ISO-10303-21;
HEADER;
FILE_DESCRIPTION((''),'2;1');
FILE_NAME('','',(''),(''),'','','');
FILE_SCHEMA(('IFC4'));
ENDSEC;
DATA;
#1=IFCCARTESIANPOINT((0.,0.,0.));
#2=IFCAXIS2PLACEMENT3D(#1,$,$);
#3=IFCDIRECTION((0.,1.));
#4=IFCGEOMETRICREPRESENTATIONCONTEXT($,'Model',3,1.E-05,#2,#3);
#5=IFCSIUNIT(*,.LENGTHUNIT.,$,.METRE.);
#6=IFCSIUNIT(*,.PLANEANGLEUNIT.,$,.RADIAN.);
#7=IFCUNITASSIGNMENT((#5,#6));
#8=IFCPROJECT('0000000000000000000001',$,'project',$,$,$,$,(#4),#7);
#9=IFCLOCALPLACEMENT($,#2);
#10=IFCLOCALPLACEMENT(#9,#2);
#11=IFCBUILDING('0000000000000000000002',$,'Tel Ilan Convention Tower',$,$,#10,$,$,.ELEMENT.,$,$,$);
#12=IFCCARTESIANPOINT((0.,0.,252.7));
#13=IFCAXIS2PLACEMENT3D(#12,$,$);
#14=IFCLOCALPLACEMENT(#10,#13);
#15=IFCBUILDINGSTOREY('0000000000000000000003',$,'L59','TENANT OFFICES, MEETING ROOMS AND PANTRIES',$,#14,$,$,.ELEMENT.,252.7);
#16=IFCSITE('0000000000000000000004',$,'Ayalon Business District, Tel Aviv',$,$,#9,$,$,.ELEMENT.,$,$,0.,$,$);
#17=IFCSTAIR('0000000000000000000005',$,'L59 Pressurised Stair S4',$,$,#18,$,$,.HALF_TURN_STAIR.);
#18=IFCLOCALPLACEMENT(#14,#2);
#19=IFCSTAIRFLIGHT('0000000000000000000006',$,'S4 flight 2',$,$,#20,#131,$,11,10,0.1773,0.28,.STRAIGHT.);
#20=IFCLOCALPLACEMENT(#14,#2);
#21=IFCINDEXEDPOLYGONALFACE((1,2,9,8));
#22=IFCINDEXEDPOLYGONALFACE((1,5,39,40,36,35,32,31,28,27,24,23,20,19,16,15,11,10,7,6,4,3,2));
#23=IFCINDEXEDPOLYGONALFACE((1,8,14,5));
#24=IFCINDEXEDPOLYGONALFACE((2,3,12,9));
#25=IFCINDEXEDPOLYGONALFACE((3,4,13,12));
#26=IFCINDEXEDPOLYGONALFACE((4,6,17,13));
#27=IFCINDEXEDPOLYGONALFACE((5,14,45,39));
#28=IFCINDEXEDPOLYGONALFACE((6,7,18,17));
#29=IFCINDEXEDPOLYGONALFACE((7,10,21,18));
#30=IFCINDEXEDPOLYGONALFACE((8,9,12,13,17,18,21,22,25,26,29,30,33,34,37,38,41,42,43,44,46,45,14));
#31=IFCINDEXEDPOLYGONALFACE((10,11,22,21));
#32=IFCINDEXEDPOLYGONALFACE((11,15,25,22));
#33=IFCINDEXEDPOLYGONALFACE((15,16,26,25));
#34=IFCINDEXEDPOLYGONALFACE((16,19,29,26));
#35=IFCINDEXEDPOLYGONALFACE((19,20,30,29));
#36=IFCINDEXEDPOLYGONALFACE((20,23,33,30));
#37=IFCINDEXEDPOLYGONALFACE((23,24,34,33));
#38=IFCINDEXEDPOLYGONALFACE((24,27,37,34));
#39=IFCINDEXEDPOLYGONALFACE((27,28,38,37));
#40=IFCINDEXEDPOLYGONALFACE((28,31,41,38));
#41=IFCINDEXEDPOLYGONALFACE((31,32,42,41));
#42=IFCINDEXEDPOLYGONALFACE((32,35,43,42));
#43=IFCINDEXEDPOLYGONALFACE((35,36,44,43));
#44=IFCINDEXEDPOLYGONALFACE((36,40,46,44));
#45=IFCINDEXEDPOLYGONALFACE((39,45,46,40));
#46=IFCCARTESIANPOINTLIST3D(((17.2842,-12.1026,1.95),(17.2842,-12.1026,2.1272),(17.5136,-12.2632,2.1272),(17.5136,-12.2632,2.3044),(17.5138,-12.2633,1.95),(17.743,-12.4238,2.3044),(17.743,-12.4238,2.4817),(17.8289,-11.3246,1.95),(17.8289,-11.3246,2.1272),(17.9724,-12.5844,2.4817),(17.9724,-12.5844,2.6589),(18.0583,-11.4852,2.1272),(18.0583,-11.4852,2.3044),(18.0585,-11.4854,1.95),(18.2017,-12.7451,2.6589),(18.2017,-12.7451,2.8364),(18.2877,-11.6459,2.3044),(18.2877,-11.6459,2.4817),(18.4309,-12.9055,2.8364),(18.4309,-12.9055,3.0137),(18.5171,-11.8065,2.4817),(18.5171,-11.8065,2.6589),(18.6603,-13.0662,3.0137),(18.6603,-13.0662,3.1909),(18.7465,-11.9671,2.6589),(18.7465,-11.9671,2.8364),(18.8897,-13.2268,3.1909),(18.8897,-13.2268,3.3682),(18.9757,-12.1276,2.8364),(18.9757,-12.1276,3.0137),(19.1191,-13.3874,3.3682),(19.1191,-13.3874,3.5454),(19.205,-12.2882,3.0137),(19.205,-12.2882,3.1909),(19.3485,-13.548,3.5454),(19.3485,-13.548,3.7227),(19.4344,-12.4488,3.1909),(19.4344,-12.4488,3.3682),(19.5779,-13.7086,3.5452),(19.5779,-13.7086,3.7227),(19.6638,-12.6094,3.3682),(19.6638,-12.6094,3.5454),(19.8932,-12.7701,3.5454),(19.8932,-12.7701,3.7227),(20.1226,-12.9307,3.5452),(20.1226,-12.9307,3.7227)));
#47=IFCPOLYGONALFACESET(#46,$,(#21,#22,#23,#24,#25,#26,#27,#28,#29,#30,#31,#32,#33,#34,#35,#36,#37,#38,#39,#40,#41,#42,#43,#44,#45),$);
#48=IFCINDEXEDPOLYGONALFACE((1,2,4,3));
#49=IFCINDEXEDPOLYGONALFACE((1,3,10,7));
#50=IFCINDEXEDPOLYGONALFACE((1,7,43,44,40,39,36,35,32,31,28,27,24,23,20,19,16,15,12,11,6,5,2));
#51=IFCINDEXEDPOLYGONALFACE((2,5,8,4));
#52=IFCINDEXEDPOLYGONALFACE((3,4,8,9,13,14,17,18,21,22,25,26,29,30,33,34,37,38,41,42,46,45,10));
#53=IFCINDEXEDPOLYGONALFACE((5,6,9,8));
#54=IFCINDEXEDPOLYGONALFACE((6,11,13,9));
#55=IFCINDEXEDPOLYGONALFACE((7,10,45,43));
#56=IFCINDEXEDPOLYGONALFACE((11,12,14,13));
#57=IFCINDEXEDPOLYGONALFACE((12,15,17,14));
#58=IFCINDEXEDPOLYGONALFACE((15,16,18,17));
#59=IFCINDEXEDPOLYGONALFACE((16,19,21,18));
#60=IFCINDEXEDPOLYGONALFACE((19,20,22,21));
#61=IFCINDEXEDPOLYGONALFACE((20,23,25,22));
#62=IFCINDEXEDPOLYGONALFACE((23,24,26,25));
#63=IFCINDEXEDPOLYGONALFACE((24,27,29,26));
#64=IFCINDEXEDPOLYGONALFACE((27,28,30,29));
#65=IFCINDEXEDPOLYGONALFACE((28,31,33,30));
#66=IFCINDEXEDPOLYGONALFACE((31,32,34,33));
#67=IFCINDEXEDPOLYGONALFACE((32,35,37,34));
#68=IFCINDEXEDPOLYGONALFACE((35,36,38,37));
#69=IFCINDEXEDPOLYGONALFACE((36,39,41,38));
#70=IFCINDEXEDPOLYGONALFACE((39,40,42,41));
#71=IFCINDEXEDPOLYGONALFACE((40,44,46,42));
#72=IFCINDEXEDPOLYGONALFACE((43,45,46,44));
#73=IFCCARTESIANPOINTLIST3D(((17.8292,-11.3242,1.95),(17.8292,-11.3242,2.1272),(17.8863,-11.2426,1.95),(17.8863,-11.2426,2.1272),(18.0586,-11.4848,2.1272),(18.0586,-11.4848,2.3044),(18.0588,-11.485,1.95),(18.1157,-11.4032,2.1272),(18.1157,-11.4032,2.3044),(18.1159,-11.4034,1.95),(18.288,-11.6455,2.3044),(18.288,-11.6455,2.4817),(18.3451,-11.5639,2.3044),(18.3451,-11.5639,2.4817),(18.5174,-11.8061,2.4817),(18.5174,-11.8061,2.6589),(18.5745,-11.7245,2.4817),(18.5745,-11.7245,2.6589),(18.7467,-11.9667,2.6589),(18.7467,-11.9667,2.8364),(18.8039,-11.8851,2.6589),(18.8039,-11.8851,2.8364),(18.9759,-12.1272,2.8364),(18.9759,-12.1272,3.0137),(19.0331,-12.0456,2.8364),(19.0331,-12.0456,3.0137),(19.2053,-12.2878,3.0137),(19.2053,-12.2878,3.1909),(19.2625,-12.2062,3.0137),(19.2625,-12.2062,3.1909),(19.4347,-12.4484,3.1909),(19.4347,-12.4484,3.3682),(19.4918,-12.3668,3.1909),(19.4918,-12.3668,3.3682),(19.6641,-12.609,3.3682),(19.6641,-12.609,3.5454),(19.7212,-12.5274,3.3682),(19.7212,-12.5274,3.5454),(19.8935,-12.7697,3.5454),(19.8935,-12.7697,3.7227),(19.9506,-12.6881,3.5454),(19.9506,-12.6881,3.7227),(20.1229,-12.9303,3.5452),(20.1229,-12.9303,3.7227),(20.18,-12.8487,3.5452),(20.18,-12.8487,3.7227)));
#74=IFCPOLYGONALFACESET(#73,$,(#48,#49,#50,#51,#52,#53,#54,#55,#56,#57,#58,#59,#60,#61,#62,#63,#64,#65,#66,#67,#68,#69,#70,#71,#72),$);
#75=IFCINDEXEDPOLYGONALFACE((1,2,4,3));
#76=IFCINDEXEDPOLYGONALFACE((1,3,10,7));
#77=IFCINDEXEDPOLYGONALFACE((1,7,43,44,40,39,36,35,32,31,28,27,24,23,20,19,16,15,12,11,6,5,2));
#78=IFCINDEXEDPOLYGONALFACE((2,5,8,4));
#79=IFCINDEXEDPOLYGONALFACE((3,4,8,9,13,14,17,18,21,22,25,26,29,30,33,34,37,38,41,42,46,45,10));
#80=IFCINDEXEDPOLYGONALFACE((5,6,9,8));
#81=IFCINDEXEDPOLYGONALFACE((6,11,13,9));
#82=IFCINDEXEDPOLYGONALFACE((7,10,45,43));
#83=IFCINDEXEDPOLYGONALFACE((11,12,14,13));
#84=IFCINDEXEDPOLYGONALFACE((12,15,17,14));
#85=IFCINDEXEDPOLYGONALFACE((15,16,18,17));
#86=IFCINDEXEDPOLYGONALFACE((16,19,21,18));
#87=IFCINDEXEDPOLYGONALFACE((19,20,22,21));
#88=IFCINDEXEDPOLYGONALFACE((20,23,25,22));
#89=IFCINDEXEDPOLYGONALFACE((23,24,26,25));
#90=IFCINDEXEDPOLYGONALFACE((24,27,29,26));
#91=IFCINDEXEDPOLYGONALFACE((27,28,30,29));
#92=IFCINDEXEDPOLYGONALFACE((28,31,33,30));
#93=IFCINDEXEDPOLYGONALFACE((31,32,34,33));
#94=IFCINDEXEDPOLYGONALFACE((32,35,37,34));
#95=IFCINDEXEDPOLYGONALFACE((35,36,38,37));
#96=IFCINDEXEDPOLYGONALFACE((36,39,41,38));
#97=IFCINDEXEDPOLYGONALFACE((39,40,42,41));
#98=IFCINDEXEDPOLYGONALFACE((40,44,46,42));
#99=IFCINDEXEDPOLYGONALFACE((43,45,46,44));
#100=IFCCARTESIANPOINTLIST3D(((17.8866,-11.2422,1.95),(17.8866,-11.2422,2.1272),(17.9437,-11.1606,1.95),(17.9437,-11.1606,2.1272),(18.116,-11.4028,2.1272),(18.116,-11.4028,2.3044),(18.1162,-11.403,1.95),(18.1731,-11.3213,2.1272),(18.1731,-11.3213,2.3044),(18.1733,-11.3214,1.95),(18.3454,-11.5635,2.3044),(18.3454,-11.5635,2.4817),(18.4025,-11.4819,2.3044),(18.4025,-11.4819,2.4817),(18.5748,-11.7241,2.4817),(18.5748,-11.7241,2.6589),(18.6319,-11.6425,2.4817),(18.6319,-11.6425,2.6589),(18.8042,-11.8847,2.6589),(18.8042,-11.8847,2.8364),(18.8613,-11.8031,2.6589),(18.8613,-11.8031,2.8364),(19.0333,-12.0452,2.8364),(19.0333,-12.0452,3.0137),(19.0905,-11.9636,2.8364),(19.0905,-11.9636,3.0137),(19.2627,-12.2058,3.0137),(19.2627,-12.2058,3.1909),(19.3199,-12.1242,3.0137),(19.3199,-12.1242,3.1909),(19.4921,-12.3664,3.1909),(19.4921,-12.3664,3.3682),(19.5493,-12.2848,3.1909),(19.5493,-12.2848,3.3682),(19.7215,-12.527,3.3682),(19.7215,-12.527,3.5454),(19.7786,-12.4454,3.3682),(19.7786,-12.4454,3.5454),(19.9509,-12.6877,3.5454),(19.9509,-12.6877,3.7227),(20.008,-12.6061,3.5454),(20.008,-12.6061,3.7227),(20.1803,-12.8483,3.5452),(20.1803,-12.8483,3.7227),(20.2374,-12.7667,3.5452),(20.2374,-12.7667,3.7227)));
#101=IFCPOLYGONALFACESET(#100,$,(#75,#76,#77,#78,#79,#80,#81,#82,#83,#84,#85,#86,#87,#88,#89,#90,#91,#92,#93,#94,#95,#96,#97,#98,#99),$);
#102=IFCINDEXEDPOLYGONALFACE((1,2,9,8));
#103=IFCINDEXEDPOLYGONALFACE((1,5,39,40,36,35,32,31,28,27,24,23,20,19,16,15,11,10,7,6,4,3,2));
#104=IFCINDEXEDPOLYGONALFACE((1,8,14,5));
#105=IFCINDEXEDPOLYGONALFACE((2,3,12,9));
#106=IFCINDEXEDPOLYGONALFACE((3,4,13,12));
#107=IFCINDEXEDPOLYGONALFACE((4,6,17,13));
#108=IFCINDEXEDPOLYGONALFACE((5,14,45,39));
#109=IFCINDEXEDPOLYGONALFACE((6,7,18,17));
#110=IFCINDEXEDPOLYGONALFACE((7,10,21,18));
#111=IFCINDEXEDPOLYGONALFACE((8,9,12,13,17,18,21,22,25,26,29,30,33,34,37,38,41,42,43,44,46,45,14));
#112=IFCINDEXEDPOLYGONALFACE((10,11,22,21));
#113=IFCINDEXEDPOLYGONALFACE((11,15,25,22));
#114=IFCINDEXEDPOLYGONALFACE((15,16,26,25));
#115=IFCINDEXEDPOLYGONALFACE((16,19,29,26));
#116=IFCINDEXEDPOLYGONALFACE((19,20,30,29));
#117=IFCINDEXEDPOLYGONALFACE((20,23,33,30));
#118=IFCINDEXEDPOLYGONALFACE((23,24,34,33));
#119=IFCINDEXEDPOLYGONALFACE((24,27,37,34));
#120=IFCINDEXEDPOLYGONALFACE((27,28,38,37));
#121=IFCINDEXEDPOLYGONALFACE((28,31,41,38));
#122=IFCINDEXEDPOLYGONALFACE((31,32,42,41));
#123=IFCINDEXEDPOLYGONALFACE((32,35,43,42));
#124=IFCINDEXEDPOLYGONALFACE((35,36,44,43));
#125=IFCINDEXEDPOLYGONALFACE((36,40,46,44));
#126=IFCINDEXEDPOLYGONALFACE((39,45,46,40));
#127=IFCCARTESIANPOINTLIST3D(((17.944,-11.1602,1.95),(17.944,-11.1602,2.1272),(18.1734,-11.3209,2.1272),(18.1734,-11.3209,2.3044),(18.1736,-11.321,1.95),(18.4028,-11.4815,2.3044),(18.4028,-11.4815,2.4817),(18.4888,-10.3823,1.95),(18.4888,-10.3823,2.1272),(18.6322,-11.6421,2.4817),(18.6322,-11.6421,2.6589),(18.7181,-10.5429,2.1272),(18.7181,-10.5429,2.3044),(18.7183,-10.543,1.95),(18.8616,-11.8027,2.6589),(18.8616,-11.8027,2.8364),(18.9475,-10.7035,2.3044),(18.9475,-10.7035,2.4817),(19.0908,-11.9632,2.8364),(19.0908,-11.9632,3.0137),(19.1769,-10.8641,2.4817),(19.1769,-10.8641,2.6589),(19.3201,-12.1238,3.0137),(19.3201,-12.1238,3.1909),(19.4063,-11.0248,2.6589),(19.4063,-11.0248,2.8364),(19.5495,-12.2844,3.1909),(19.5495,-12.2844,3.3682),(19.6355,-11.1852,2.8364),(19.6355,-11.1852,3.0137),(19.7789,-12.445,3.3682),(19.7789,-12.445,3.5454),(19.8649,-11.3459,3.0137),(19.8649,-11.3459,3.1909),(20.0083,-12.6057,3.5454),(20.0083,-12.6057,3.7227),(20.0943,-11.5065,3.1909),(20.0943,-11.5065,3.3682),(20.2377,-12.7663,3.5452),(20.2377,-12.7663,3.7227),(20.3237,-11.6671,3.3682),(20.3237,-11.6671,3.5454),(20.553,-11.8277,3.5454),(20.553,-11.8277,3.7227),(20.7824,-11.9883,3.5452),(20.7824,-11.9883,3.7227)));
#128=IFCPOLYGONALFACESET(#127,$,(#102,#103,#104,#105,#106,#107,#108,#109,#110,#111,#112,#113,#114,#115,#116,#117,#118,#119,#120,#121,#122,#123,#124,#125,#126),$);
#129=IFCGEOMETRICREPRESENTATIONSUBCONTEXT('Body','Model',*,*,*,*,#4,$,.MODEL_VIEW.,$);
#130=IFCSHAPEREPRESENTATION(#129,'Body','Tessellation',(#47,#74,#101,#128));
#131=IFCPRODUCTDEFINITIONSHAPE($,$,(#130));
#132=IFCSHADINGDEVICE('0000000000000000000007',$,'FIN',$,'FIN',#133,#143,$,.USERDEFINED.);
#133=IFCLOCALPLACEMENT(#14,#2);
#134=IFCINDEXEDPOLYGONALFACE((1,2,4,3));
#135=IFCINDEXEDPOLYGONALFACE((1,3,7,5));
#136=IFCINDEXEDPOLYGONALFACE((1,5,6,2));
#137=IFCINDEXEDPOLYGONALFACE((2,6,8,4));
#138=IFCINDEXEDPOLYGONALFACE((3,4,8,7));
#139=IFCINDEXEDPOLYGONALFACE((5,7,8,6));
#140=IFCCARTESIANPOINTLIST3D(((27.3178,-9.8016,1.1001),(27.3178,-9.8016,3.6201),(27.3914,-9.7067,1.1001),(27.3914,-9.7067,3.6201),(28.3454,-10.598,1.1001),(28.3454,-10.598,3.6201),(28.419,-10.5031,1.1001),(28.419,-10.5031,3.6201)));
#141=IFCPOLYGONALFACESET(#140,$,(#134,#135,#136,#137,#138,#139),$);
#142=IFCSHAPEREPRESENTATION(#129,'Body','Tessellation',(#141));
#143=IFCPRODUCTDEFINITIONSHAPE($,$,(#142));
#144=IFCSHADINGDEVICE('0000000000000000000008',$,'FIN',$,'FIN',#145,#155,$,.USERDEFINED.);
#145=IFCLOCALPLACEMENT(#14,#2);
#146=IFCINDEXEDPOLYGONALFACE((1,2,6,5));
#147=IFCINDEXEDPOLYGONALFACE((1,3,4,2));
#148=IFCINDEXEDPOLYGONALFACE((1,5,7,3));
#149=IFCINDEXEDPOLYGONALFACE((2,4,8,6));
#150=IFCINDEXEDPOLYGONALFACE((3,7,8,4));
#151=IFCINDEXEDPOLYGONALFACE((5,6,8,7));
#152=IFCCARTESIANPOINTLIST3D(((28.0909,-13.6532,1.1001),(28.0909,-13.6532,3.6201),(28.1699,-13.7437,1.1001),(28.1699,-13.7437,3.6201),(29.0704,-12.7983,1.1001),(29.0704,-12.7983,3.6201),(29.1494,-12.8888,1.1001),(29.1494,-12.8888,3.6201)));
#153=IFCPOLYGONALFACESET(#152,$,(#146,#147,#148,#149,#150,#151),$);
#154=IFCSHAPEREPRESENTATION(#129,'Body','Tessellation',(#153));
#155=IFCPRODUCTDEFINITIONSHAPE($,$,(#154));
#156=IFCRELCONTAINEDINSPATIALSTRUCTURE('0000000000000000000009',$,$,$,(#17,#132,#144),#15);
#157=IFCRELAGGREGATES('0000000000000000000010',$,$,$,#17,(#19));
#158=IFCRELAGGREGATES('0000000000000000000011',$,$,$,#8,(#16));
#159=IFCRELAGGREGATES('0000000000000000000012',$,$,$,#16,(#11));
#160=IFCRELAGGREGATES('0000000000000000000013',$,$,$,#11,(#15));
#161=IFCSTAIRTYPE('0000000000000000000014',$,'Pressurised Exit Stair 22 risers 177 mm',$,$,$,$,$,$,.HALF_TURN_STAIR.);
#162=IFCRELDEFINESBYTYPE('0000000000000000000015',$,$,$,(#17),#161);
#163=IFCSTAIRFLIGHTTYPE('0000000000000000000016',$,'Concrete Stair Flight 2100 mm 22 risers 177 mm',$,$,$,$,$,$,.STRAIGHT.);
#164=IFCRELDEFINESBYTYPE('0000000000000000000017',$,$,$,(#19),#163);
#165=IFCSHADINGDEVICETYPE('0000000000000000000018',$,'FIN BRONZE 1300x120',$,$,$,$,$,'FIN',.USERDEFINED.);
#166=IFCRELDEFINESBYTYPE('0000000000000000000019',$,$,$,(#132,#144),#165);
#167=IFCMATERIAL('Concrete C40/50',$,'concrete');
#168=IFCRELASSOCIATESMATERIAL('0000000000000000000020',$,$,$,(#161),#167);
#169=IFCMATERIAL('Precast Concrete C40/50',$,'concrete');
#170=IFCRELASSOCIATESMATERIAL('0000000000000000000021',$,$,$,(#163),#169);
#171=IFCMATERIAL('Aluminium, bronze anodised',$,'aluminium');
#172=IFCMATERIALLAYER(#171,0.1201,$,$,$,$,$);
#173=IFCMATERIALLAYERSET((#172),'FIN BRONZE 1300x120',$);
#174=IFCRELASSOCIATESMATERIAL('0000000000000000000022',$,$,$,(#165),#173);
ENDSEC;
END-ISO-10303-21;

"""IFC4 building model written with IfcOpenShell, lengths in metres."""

from ifc_helpers import new_model, si_unit, direction, frame, origin, origin_2d, place, context, subcontext, project, spatial, polyline, rectangle, outline, extrude, material, layer, layer_set, type_object, element, aggregate, save


model = new_model("IFC4")

# Units and contexts
model_context = context("Model", 3, precision=1e-05, world=origin(), true_north=direction((0.0, 1.0)))
body_context = subcontext(model_context, "Body", "Model", "MODEL_VIEW")
ifc_project = project(units=[si_unit("LENGTHUNIT", "METRE"), si_unit("PLANEANGLEUNIT", "RADIAN")], contexts=[model_context])

# Site, building, storey
site_placement = place(None, origin())
site = spatial("IfcSite", under=ifc_project, at=site_placement, Name="Ayalon Business District, Tel Aviv", CompositionType="ELEMENT", RefElevation=0.0)
building_placement = place(site_placement, origin())
building = spatial("IfcBuilding", under=site, at=building_placement, Name="Tel Ilan Convention Tower", CompositionType="ELEMENT")
storey_placement = place(building_placement, frame((0.0, 0.0, 252.7)))
storey = spatial("IfcBuildingStorey", under=building, at=storey_placement, Name="L59", Description="TENANT OFFICES, MEETING ROOMS AND PANTRIES", CompositionType="ELEMENT", Elevation=252.7)

# Stair, stair flight
ifc_material_1 = material(Name="Concrete C40/50", Category="concrete")
stair_type = type_object("IfcStairType", Name="Pressurised Exit Stair 22 risers 177 mm", PredefinedType="HALF_TURN_STAIR", material=ifc_material_1)
stair_placement = place(storey_placement, origin())
stair = element("IfcStair", 1, at=stair_placement, inside=storey, type_object=stair_type, Name="L59 Pressurised Stair S4", PredefinedType="HALF_TURN_STAIR")
ifc_material_2 = material(Name="Precast Concrete C40/50", Category="concrete")
stair_flight_type = type_object("IfcStairFlightType", Name="Concrete Stair Flight 2100 mm 22 risers 177 mm", PredefinedType="STRAIGHT", material=ifc_material_2)
stair_flight_1_placement = place(storey_placement, frame((17.8865, -11.2424, 1.95), z_axis=(0.0, 0.0, 1.0), x_axis=(0.819152, -0.573576, 0.0)))
stair_flight_1 = element("IfcStairFlight", 2, at=stair_flight_1_placement, type_object=stair_flight_type, Name="S4 flight 2", NumberOfRisers=11, NumberOfTreads=10, PredefinedType="STRAIGHT", RiserHeight=0.1773, TreadLength=0.28, context=body_context, shape_type="SweptSolid", body=[
    extrude(outline(polyline([(0.0, 0.0), (0.0, 0.1772), (0.28, 0.1772), (0.28, 0.3545), (0.5601, 0.3545), (0.5601, 0.5317), (0.8401, 0.5317), (0.8401, 0.709), (1.1201, 0.709), (1.1201, 0.8865), (1.3999, 0.8865), (1.3999, 1.0637), (1.6799, 1.0637), (1.6799, 1.241), (1.96, 1.241), (1.96, 1.4182), (2.24, 1.4182), (2.24, 1.5955), (2.52, 1.5955), (2.52, 1.7727), (2.8, 1.7727), (2.8, 1.95), (2.8, 1.5952), (0.2803, 0.0), (0.0, 0.0)])), frame((0.0, -0.1003, 0.0), z_axis=(0.0, -1.0, 0.0), x_axis=(1.0, 0.0, 0.0)), (0.0, 0.0, 1.0), 0.9497),
    extrude(outline(polyline([(0.0, 0.0), (0.0, 0.1772), (0.28, 0.1772), (0.28, 0.3545), (0.5601, 0.3545), (0.5601, 0.5317), (0.8401, 0.5317), (0.8401, 0.709), (1.1201, 0.709), (1.1201, 0.8865), (1.3999, 0.8865), (1.3999, 1.0637), (1.6799, 1.0637), (1.6799, 1.241), (1.96, 1.241), (1.96, 1.4182), (2.24, 1.4182), (2.24, 1.5955), (2.52, 1.5955), (2.52, 1.7727), (2.8, 1.7727), (2.8, 1.95), (2.8, 1.5952), (0.2803, 0.0), (0.0, 0.0)])), frame((0.0, -0.0002, 0.0), z_axis=(0.0, -1.0, 0.0), x_axis=(1.0, 0.0, 0.0)), (0.0, 0.0, 1.0), 0.0996),
    extrude(outline(polyline([(0.0, 0.0), (0.0, 0.1772), (0.28, 0.1772), (0.28, 0.3545), (0.5601, 0.3545), (0.5601, 0.5317), (0.8401, 0.5317), (0.8401, 0.709), (1.1201, 0.709), (1.1201, 0.8865), (1.3999, 0.8865), (1.3999, 1.0637), (1.6799, 1.0637), (1.6799, 1.241), (1.96, 1.241), (1.96, 1.4182), (2.24, 1.4182), (2.24, 1.5955), (2.52, 1.5955), (2.52, 1.7727), (2.8, 1.7727), (2.8, 1.95), (2.8, 1.5952), (0.2803, 0.0), (0.0, 0.0)])), frame((0.0, 0.0999, 0.0), z_axis=(0.0, -1.0, 0.0), x_axis=(1.0, 0.0, 0.0)), (0.0, 0.0, 1.0), 0.0996),
    extrude(outline(polyline([(0.0, 0.0), (0.0, 0.1772), (0.28, 0.1772), (0.28, 0.3545), (0.5601, 0.3545), (0.5601, 0.5317), (0.8401, 0.5317), (0.8401, 0.709), (1.1201, 0.709), (1.1201, 0.8865), (1.3999, 0.8865), (1.3999, 1.0637), (1.6799, 1.0637), (1.6799, 1.241), (1.96, 1.241), (1.96, 1.4182), (2.24, 1.4182), (2.24, 1.5955), (2.52, 1.5955), (2.52, 1.7727), (2.8, 1.7727), (2.8, 1.95), (2.8, 1.5952), (0.2803, 0.0), (0.0, 0.0)])), frame((0.0, 1.05, 0.0), z_axis=(0.0, -1.0, 0.0), x_axis=(1.0, 0.0, 0.0)), (0.0, 0.0, 1.0), 0.9497),
])
aggregate(stair, [stair_flight_1])

# Shading devices
ifc_material_3 = material(Name="Aluminium, bronze anodised", Category="aluminium")
ifc_layer_1 = layer(ifc_material_3, 0.1201)
ifc_layer_set_1 = layer_set([ifc_layer_1], Name="FIN BRONZE 1300x120")
shading_device_type = type_object("IfcShadingDeviceType", Name="FIN BRONZE 1300x120", ElementType="FIN", PredefinedType="USERDEFINED", material=ifc_layer_set_1)
for number, where, z_axis, x_axis, name in (
    (3, (27.8684, -10.1523, 1.1001), (0.0, 0.0, 1.0), (0.790393, -0.612601, 0.0), "FIN"),
    (4, (28.6201, -13.271, 1.1001), (0.0, 0.0, 1.0), (0.753436, 0.657521, 0.0), "FIN"),
):
    element("IfcShadingDevice", number, at=place(storey_placement, frame(where, z_axis=z_axis, x_axis=x_axis)), inside=storey, type_object=shading_device_type, Name=name, ObjectType="FIN", PredefinedType="USERDEFINED", context=body_context, shape_type="SweptSolid", body=[
        extrude(rectangle(XDim=1.3, YDim=0.1201, at=origin_2d()), origin(), (0.0, 0.0, 1.0), 2.52),
    ])

save(model, "model.ifc")
